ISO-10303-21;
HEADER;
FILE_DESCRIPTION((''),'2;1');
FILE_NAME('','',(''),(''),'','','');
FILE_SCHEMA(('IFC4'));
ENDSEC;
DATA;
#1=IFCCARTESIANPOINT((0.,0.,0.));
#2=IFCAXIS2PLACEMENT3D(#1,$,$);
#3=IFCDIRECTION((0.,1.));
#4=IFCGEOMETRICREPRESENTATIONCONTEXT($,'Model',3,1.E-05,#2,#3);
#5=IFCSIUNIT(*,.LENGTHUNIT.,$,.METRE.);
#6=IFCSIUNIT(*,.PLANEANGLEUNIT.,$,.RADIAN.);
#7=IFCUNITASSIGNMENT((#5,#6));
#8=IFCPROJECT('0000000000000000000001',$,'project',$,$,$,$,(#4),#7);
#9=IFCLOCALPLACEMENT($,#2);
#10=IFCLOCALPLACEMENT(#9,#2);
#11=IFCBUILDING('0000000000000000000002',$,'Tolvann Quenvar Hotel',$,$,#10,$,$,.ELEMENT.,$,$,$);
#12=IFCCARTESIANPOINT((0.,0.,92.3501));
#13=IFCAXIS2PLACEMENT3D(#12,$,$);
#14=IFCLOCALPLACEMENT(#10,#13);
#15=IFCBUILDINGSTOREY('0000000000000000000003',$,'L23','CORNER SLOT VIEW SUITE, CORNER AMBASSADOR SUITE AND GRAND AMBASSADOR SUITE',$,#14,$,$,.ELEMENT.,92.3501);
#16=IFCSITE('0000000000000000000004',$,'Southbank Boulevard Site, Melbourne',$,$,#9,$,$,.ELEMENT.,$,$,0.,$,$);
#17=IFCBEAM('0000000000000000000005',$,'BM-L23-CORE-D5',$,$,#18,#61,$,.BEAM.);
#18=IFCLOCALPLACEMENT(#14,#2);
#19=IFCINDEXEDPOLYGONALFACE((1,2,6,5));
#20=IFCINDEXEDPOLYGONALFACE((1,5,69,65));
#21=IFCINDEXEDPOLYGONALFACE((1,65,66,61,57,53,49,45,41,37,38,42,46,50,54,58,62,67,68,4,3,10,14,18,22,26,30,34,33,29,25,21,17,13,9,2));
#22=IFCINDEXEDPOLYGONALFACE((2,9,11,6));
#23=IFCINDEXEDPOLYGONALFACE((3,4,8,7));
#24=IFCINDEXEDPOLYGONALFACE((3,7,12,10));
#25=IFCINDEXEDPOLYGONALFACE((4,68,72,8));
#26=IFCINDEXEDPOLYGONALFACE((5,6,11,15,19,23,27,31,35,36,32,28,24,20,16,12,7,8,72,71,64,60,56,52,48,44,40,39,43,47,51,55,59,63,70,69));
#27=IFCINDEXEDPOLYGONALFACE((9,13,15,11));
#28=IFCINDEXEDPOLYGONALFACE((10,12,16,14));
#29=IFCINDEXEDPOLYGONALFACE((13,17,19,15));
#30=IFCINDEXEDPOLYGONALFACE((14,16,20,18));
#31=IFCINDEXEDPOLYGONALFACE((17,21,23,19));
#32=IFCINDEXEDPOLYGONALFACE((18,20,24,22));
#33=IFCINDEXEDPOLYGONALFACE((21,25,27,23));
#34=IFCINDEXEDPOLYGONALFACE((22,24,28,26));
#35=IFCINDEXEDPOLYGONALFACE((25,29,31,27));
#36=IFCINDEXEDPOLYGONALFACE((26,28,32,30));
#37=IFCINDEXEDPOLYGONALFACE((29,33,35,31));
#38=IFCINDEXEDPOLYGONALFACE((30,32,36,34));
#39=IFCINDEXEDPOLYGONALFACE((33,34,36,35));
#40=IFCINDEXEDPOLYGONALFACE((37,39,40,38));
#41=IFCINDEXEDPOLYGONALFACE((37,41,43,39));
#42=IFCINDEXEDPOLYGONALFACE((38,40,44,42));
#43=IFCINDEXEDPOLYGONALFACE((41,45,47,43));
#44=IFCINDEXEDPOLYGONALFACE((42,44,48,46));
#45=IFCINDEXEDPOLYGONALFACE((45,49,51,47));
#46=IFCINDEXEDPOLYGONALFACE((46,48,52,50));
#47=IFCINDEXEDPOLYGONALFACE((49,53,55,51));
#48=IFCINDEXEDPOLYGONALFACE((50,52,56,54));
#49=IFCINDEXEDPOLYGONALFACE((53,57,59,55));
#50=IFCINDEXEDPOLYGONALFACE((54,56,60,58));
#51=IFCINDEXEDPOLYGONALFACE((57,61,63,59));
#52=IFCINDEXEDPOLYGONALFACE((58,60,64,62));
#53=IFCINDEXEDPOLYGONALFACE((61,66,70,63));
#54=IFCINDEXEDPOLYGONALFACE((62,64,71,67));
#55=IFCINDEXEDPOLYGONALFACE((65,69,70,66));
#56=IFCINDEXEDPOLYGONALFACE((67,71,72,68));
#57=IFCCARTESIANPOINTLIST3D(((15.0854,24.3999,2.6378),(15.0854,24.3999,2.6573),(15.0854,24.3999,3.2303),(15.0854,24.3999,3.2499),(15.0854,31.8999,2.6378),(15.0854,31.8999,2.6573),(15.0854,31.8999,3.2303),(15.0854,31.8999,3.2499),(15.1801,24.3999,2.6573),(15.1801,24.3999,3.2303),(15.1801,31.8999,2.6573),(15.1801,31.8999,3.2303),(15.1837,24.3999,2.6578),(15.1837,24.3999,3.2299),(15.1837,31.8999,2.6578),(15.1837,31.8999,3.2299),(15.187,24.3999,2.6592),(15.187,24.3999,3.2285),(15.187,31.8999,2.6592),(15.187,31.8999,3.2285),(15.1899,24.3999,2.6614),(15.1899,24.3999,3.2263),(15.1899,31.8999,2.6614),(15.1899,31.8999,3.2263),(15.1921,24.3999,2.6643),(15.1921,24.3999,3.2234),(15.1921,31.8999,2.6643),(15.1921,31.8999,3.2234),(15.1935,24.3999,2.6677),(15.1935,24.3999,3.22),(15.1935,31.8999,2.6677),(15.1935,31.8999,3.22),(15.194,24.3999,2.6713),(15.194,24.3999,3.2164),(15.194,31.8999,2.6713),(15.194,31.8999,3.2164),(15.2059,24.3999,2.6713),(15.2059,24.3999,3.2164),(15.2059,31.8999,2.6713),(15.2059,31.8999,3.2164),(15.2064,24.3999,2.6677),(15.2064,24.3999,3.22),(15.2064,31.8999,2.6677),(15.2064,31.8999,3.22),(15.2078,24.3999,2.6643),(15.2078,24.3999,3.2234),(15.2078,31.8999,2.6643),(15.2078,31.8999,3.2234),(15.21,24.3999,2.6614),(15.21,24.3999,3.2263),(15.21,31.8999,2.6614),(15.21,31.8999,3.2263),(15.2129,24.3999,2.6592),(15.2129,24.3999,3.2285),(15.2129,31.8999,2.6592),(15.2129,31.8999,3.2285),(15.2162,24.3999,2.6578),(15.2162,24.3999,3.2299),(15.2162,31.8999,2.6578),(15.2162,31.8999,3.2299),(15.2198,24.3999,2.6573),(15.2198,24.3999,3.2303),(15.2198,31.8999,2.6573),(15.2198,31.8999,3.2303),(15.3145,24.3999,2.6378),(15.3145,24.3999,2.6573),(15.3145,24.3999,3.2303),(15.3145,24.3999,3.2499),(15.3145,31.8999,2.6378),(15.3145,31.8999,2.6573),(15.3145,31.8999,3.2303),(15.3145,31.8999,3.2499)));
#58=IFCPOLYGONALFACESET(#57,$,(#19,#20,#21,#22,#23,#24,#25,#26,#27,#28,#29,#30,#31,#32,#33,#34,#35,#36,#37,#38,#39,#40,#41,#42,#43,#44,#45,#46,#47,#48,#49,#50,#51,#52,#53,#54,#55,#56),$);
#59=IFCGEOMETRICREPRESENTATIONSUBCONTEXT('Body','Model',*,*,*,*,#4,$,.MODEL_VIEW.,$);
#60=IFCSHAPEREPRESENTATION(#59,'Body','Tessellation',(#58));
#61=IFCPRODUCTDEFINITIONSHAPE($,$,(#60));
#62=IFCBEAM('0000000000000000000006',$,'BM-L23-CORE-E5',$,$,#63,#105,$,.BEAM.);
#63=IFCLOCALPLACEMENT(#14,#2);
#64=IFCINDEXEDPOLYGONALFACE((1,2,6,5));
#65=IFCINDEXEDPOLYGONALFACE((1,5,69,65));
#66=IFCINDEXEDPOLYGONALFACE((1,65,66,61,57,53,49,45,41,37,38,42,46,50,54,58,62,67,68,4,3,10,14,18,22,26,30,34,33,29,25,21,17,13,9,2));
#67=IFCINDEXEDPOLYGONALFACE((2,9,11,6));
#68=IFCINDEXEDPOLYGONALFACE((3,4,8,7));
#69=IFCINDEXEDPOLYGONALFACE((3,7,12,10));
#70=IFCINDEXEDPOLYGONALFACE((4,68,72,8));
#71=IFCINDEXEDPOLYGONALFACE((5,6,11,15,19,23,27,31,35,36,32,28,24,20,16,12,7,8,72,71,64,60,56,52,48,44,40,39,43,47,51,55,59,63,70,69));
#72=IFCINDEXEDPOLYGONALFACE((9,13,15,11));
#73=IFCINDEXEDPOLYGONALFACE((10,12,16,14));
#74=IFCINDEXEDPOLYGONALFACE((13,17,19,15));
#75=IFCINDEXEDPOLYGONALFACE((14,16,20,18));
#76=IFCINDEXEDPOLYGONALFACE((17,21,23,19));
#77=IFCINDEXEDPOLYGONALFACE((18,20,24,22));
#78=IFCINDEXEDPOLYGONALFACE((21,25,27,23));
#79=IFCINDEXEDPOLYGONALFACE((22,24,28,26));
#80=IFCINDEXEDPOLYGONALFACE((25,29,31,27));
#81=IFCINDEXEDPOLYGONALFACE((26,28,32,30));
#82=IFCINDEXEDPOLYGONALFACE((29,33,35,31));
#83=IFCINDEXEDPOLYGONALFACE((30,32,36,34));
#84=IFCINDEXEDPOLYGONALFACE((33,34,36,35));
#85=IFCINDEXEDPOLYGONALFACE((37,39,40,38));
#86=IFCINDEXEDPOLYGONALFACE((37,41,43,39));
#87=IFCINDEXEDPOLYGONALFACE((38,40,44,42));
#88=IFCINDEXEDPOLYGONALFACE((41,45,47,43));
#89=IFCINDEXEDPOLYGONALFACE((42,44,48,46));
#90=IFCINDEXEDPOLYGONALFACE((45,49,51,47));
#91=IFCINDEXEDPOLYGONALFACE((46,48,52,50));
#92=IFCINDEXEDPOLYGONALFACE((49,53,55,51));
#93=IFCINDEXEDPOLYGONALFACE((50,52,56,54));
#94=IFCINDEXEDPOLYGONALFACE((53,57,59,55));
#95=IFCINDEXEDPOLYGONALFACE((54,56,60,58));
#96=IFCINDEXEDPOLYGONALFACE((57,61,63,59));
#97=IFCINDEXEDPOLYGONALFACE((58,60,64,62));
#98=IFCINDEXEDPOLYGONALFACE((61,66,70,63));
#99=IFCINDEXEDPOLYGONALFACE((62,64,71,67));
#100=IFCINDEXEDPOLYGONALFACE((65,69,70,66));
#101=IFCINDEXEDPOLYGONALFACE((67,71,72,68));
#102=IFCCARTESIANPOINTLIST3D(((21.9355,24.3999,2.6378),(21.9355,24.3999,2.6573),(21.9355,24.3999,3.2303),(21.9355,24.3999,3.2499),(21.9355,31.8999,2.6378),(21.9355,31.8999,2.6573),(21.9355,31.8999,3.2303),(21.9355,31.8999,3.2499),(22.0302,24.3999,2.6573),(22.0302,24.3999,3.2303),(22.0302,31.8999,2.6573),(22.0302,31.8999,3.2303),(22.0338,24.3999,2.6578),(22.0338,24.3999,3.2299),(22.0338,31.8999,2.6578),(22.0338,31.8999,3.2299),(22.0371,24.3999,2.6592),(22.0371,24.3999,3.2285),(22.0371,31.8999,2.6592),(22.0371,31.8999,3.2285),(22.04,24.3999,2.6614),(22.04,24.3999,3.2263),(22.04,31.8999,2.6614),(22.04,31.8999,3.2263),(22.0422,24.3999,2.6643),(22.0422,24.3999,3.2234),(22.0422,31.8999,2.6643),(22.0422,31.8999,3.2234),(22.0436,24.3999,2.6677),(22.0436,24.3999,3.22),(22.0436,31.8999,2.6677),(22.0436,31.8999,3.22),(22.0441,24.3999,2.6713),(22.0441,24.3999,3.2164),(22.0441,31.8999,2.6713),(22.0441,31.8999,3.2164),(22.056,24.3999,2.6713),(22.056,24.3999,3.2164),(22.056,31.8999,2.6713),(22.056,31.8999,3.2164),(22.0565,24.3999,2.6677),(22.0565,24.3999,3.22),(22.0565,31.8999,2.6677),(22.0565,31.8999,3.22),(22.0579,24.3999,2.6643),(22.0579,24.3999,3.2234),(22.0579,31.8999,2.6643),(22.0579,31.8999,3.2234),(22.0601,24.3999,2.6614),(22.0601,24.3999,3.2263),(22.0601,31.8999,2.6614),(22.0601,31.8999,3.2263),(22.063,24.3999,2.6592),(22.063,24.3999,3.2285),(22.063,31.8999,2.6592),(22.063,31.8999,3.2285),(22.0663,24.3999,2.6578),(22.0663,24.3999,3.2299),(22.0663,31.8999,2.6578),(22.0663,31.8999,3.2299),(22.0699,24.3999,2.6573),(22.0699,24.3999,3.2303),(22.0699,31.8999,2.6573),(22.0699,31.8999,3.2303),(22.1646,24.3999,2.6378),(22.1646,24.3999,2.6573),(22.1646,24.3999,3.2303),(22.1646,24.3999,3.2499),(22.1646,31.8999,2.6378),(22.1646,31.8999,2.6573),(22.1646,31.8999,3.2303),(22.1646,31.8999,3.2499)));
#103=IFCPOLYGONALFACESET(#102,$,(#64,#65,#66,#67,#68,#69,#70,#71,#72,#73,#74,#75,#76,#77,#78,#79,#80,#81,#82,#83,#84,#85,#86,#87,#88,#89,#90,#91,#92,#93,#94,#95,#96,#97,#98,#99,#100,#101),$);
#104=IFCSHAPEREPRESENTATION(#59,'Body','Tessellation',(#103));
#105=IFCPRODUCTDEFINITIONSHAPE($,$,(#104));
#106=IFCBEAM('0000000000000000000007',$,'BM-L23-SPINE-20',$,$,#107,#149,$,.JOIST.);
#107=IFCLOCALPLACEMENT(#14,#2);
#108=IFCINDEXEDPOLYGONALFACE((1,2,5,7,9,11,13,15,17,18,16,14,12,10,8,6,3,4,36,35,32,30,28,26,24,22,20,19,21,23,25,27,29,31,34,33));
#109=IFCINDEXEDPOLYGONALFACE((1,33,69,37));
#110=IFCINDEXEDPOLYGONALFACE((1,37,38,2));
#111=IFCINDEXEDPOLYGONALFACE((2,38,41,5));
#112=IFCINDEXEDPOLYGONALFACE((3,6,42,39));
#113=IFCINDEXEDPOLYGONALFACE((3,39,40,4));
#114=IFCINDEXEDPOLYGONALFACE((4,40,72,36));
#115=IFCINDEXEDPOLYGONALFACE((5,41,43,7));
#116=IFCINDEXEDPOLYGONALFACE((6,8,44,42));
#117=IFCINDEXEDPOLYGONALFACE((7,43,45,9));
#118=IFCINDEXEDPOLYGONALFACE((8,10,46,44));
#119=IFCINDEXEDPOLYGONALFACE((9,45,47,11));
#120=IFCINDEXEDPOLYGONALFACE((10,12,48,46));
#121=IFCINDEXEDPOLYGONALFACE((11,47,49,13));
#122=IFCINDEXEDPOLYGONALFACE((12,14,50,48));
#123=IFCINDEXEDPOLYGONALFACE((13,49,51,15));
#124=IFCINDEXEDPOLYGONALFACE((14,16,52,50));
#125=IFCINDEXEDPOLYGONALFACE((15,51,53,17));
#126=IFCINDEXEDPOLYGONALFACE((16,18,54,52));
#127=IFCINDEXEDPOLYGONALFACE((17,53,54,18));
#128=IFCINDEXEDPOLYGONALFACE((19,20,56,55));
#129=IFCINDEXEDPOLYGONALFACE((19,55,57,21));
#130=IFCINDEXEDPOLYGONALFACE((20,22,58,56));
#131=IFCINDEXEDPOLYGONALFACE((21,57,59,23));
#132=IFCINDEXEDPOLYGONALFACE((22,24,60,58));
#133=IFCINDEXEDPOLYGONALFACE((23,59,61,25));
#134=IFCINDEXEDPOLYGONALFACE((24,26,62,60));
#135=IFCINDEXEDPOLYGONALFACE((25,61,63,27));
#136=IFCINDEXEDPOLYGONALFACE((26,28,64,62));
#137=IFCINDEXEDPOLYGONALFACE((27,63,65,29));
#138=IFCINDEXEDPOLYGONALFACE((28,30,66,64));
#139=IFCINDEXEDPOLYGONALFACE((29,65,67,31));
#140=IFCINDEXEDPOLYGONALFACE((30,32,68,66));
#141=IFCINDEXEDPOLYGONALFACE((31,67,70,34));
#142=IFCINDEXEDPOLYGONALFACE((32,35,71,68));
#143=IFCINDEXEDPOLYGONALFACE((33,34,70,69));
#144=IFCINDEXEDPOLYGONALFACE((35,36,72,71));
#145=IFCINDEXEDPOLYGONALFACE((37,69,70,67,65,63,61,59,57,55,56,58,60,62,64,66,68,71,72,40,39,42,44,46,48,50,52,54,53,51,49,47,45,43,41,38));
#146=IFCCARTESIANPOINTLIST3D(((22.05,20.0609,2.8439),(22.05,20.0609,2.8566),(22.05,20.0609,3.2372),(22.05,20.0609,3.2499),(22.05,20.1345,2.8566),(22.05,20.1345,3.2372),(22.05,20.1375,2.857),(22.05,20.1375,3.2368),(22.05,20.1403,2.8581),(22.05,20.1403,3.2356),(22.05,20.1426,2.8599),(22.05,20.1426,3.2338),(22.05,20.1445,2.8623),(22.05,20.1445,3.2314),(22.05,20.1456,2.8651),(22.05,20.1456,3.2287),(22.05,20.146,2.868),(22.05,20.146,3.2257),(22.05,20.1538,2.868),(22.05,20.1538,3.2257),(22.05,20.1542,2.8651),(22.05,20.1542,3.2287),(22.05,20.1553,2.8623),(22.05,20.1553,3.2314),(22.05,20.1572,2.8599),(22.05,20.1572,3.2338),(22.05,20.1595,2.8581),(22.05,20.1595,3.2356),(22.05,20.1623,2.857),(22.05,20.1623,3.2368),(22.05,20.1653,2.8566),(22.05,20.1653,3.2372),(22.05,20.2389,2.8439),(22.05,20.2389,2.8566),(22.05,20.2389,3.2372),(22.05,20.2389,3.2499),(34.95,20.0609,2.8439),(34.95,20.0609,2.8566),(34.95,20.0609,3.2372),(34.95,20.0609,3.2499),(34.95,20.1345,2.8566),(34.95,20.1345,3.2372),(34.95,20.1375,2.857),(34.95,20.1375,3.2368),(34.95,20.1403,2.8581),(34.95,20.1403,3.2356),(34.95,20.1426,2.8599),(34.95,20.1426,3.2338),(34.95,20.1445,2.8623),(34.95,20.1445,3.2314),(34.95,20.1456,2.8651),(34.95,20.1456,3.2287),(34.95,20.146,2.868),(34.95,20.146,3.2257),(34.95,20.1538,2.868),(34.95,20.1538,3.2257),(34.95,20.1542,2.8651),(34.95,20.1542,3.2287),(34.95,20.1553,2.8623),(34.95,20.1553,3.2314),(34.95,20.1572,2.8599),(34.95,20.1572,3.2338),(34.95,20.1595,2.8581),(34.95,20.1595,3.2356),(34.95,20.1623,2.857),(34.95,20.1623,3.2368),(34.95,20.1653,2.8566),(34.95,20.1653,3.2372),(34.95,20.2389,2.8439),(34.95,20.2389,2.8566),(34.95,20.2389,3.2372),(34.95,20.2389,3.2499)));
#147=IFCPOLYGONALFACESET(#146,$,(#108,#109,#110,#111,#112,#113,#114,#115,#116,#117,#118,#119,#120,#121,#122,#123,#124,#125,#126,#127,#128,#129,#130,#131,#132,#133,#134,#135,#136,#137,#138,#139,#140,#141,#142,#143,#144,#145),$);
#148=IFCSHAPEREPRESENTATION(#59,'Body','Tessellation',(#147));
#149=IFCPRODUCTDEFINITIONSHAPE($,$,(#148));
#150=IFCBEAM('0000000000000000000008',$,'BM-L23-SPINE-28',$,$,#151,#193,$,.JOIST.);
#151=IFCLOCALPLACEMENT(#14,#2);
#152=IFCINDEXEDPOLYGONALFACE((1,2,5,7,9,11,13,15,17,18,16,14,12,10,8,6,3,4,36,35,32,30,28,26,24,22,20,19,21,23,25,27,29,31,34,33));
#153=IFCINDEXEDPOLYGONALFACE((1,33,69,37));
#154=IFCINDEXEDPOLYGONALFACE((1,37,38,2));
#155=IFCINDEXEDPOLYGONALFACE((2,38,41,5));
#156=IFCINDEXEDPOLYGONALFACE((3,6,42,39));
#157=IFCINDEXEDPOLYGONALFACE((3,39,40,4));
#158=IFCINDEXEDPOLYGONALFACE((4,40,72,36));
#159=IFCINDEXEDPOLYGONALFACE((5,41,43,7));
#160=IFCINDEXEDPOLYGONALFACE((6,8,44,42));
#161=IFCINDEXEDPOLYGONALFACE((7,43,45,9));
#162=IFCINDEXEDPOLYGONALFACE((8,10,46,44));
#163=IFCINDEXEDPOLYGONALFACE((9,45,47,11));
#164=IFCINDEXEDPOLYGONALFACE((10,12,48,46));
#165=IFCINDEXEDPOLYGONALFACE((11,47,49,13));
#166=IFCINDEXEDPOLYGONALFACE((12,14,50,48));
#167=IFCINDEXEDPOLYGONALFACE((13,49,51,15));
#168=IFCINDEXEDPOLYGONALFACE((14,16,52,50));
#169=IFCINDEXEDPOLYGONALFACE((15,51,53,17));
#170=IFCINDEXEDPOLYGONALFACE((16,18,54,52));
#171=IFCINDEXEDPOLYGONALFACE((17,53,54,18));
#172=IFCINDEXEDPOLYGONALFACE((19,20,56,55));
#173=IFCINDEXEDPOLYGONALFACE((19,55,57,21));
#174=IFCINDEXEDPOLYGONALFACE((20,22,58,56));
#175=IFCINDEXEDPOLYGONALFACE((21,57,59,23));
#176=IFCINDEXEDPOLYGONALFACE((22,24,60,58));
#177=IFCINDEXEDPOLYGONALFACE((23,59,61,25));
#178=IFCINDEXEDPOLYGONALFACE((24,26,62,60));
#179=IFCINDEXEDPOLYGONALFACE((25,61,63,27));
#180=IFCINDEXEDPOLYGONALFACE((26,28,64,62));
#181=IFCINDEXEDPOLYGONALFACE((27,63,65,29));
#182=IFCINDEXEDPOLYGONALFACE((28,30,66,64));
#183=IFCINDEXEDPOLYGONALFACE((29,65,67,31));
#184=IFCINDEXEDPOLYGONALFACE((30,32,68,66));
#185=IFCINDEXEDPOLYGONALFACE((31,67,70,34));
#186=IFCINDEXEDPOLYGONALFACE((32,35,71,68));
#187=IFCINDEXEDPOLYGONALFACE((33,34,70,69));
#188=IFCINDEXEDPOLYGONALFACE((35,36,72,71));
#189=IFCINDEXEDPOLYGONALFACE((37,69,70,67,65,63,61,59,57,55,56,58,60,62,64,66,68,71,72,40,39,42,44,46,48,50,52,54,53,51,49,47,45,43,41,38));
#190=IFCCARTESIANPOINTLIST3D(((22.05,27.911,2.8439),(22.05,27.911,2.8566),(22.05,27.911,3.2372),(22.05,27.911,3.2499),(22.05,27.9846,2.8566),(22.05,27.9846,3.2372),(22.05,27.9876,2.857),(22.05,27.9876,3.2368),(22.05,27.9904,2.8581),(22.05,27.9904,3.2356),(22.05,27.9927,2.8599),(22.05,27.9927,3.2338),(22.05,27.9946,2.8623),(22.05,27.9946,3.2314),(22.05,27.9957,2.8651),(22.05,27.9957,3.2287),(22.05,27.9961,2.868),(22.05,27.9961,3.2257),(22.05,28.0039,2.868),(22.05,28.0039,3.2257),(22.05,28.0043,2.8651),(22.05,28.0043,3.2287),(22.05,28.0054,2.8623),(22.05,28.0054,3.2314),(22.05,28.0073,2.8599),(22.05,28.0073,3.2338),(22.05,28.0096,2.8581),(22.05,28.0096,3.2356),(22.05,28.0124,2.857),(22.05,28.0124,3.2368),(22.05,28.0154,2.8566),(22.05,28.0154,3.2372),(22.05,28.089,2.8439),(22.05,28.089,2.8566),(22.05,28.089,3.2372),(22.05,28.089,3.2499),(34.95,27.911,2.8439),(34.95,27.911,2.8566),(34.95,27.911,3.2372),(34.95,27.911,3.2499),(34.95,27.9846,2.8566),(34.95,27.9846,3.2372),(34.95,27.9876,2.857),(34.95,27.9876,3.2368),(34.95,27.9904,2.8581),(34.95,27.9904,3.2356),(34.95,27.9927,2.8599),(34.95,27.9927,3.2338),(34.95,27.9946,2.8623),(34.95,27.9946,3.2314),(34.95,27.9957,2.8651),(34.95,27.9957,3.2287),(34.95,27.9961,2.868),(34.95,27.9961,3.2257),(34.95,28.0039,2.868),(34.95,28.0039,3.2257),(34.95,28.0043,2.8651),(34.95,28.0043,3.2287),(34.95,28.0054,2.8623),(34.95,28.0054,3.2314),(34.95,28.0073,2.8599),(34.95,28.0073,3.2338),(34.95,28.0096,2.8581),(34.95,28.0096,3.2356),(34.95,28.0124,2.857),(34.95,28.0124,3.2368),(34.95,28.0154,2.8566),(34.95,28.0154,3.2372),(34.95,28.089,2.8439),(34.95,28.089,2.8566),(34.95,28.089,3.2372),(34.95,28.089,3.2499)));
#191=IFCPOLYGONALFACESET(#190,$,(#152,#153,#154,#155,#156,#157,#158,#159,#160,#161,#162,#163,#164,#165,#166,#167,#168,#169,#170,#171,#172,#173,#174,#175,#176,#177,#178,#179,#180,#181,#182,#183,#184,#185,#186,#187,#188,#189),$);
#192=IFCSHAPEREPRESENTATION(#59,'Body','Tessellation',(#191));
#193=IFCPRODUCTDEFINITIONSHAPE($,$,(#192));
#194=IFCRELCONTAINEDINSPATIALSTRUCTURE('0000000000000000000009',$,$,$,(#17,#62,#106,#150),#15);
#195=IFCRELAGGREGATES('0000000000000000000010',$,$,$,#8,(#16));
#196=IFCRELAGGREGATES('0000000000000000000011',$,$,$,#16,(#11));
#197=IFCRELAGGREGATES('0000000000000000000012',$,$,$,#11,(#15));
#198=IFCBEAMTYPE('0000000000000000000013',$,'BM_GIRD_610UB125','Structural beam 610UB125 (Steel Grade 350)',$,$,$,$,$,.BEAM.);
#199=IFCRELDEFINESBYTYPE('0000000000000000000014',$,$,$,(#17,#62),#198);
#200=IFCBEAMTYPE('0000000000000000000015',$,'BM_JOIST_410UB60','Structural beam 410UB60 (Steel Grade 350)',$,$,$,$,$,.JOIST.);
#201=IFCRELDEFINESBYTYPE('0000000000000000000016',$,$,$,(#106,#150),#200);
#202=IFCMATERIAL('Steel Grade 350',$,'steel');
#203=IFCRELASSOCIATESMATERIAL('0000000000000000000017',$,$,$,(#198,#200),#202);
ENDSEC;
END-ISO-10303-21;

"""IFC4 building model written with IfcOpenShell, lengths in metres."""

from ifc_helpers import new_model, si_unit, direction, frame, origin, origin_2d, place, context, subcontext, project, spatial, i_section, extrude, source, transform, mapped, material, material_profile, profile_set, type_object, element, save


model = new_model("IFC4")

# Units and contexts
model_context = context("Model", 3, precision=1e-05, world=origin(), true_north=direction((0.0, 1.0)))
body_context = subcontext(model_context, "Body", "Model", "MODEL_VIEW")
ifc_project = project(units=[si_unit("LENGTHUNIT", "METRE"), si_unit("PLANEANGLEUNIT", "RADIAN")], contexts=[model_context])

# Site, building, storey
site_placement = place(None, origin())
site = spatial("IfcSite", under=ifc_project, at=site_placement, Name="Southbank Boulevard Site, Melbourne", CompositionType="ELEMENT", RefElevation=0.0)
building_placement = place(site_placement, origin())
building = spatial("IfcBuilding", under=site, at=building_placement, Name="Tolvann Quenvar Hotel", CompositionType="ELEMENT")
storey_placement = place(building_placement, frame((0.0, 0.0, 92.3501)))
storey = spatial("IfcBuildingStorey", under=building, at=storey_placement, Name="L23", Description="CORNER SLOT VIEW SUITE, CORNER AMBASSADOR SUITE AND GRAND AMBASSADOR SUITE", CompositionType="ELEMENT", Elevation=92.3501)

# Shared definitions
ifc_material_1 = material(Name="Steel Grade 350", Category="steel")

# Beams
ifc_material_profile_1 = material_profile(ifc_material_1, i_section(OverallWidth=0.229, OverallDepth=0.6121, WebThickness=0.012, FlangeThickness=0.0195, FilletRadius=0.0139, at=origin_2d()), Name="610UB125")
ifc_profile_set_1 = profile_set([ifc_material_profile_1], Name="Steel Grade 350")
beam_type_1 = type_object("IfcBeamType", Name="BM_GIRD_610UB125", Description="Structural beam 610UB125 (Steel Grade 350)", PredefinedType="BEAM", material=ifc_profile_set_1)
shared_shape_1 = source(origin(), body_context, "Body", "SweptSolid", [
    extrude(i_section(OverallWidth=0.229, OverallDepth=0.6121, WebThickness=0.012, FlangeThickness=0.0195, FilletRadius=0.0139, at=origin_2d()), origin(), (0.0, 0.0, 1.0), 7.5),
])
for number, where, z_axis, x_axis, name in (
    (1, (15.2, 24.3999, 2.9438), (0.0, 1.0, 0.0), (-1.0, 0.0, 0.0), "BM-L23-CORE-D5"),
    (2, (22.05, 24.3999, 2.9438), (0.0, 1.0, 0.0), (-1.0, 0.0, 0.0), "BM-L23-CORE-E5"),
):
    element("IfcBeam", number, at=place(storey_placement, frame(where, z_axis=z_axis, x_axis=x_axis)), inside=storey, type_object=beam_type_1, Name=name, PredefinedType="BEAM", context=body_context, shape_type="MappedRepresentation", body=[
        mapped(shared_shape_1, transform((0.0, 0.0, 0.0), x_axis=(1.0, 0.0, 0.0), y_axis=(0.0, 1.0, 0.0), z_axis=(0.0, 0.0, 1.0), scale=1.0)),
    ])
ifc_material_profile_2 = material_profile(ifc_material_1, i_section(OverallWidth=0.178, OverallDepth=0.406, WebThickness=0.0078, FlangeThickness=0.0127, FilletRadius=0.0115, at=origin_2d()), Name="410UB60")
ifc_profile_set_2 = profile_set([ifc_material_profile_2], Name="Steel Grade 350")
beam_type_2 = type_object("IfcBeamType", Name="BM_JOIST_410UB60", Description="Structural beam 410UB60 (Steel Grade 350)", PredefinedType="JOIST", material=ifc_profile_set_2)
shared_shape_2 = source(origin(), body_context, "Body", "SweptSolid", [
    extrude(i_section(OverallWidth=0.178, OverallDepth=0.406, WebThickness=0.0078, FlangeThickness=0.0127, FilletRadius=0.0115, at=origin_2d()), origin(), (0.0, 0.0, 1.0), 12.8999),
])
for number, where, z_axis, x_axis, name in (
    (3, (22.05, 20.1499, 3.0469), (1.0, 0.0, 0.0), (0.0, 1.0, 0.0), "BM-L23-SPINE-20"),
    (4, (22.05, 28.0, 3.0469), (1.0, 0.0, 0.0), (0.0, 1.0, 0.0), "BM-L23-SPINE-28"),
):
    element("IfcBeam", number, at=place(storey_placement, frame(where, z_axis=z_axis, x_axis=x_axis)), inside=storey, type_object=beam_type_2, Name=name, PredefinedType="JOIST", context=body_context, shape_type="MappedRepresentation", body=[
        mapped(shared_shape_2, transform((0.0, 0.0, 0.0), x_axis=(1.0, 0.0, 0.0), y_axis=(0.0, 1.0, 0.0), z_axis=(0.0, 0.0, 1.0), scale=1.0)),
    ])

save(model, "model.ifc")
